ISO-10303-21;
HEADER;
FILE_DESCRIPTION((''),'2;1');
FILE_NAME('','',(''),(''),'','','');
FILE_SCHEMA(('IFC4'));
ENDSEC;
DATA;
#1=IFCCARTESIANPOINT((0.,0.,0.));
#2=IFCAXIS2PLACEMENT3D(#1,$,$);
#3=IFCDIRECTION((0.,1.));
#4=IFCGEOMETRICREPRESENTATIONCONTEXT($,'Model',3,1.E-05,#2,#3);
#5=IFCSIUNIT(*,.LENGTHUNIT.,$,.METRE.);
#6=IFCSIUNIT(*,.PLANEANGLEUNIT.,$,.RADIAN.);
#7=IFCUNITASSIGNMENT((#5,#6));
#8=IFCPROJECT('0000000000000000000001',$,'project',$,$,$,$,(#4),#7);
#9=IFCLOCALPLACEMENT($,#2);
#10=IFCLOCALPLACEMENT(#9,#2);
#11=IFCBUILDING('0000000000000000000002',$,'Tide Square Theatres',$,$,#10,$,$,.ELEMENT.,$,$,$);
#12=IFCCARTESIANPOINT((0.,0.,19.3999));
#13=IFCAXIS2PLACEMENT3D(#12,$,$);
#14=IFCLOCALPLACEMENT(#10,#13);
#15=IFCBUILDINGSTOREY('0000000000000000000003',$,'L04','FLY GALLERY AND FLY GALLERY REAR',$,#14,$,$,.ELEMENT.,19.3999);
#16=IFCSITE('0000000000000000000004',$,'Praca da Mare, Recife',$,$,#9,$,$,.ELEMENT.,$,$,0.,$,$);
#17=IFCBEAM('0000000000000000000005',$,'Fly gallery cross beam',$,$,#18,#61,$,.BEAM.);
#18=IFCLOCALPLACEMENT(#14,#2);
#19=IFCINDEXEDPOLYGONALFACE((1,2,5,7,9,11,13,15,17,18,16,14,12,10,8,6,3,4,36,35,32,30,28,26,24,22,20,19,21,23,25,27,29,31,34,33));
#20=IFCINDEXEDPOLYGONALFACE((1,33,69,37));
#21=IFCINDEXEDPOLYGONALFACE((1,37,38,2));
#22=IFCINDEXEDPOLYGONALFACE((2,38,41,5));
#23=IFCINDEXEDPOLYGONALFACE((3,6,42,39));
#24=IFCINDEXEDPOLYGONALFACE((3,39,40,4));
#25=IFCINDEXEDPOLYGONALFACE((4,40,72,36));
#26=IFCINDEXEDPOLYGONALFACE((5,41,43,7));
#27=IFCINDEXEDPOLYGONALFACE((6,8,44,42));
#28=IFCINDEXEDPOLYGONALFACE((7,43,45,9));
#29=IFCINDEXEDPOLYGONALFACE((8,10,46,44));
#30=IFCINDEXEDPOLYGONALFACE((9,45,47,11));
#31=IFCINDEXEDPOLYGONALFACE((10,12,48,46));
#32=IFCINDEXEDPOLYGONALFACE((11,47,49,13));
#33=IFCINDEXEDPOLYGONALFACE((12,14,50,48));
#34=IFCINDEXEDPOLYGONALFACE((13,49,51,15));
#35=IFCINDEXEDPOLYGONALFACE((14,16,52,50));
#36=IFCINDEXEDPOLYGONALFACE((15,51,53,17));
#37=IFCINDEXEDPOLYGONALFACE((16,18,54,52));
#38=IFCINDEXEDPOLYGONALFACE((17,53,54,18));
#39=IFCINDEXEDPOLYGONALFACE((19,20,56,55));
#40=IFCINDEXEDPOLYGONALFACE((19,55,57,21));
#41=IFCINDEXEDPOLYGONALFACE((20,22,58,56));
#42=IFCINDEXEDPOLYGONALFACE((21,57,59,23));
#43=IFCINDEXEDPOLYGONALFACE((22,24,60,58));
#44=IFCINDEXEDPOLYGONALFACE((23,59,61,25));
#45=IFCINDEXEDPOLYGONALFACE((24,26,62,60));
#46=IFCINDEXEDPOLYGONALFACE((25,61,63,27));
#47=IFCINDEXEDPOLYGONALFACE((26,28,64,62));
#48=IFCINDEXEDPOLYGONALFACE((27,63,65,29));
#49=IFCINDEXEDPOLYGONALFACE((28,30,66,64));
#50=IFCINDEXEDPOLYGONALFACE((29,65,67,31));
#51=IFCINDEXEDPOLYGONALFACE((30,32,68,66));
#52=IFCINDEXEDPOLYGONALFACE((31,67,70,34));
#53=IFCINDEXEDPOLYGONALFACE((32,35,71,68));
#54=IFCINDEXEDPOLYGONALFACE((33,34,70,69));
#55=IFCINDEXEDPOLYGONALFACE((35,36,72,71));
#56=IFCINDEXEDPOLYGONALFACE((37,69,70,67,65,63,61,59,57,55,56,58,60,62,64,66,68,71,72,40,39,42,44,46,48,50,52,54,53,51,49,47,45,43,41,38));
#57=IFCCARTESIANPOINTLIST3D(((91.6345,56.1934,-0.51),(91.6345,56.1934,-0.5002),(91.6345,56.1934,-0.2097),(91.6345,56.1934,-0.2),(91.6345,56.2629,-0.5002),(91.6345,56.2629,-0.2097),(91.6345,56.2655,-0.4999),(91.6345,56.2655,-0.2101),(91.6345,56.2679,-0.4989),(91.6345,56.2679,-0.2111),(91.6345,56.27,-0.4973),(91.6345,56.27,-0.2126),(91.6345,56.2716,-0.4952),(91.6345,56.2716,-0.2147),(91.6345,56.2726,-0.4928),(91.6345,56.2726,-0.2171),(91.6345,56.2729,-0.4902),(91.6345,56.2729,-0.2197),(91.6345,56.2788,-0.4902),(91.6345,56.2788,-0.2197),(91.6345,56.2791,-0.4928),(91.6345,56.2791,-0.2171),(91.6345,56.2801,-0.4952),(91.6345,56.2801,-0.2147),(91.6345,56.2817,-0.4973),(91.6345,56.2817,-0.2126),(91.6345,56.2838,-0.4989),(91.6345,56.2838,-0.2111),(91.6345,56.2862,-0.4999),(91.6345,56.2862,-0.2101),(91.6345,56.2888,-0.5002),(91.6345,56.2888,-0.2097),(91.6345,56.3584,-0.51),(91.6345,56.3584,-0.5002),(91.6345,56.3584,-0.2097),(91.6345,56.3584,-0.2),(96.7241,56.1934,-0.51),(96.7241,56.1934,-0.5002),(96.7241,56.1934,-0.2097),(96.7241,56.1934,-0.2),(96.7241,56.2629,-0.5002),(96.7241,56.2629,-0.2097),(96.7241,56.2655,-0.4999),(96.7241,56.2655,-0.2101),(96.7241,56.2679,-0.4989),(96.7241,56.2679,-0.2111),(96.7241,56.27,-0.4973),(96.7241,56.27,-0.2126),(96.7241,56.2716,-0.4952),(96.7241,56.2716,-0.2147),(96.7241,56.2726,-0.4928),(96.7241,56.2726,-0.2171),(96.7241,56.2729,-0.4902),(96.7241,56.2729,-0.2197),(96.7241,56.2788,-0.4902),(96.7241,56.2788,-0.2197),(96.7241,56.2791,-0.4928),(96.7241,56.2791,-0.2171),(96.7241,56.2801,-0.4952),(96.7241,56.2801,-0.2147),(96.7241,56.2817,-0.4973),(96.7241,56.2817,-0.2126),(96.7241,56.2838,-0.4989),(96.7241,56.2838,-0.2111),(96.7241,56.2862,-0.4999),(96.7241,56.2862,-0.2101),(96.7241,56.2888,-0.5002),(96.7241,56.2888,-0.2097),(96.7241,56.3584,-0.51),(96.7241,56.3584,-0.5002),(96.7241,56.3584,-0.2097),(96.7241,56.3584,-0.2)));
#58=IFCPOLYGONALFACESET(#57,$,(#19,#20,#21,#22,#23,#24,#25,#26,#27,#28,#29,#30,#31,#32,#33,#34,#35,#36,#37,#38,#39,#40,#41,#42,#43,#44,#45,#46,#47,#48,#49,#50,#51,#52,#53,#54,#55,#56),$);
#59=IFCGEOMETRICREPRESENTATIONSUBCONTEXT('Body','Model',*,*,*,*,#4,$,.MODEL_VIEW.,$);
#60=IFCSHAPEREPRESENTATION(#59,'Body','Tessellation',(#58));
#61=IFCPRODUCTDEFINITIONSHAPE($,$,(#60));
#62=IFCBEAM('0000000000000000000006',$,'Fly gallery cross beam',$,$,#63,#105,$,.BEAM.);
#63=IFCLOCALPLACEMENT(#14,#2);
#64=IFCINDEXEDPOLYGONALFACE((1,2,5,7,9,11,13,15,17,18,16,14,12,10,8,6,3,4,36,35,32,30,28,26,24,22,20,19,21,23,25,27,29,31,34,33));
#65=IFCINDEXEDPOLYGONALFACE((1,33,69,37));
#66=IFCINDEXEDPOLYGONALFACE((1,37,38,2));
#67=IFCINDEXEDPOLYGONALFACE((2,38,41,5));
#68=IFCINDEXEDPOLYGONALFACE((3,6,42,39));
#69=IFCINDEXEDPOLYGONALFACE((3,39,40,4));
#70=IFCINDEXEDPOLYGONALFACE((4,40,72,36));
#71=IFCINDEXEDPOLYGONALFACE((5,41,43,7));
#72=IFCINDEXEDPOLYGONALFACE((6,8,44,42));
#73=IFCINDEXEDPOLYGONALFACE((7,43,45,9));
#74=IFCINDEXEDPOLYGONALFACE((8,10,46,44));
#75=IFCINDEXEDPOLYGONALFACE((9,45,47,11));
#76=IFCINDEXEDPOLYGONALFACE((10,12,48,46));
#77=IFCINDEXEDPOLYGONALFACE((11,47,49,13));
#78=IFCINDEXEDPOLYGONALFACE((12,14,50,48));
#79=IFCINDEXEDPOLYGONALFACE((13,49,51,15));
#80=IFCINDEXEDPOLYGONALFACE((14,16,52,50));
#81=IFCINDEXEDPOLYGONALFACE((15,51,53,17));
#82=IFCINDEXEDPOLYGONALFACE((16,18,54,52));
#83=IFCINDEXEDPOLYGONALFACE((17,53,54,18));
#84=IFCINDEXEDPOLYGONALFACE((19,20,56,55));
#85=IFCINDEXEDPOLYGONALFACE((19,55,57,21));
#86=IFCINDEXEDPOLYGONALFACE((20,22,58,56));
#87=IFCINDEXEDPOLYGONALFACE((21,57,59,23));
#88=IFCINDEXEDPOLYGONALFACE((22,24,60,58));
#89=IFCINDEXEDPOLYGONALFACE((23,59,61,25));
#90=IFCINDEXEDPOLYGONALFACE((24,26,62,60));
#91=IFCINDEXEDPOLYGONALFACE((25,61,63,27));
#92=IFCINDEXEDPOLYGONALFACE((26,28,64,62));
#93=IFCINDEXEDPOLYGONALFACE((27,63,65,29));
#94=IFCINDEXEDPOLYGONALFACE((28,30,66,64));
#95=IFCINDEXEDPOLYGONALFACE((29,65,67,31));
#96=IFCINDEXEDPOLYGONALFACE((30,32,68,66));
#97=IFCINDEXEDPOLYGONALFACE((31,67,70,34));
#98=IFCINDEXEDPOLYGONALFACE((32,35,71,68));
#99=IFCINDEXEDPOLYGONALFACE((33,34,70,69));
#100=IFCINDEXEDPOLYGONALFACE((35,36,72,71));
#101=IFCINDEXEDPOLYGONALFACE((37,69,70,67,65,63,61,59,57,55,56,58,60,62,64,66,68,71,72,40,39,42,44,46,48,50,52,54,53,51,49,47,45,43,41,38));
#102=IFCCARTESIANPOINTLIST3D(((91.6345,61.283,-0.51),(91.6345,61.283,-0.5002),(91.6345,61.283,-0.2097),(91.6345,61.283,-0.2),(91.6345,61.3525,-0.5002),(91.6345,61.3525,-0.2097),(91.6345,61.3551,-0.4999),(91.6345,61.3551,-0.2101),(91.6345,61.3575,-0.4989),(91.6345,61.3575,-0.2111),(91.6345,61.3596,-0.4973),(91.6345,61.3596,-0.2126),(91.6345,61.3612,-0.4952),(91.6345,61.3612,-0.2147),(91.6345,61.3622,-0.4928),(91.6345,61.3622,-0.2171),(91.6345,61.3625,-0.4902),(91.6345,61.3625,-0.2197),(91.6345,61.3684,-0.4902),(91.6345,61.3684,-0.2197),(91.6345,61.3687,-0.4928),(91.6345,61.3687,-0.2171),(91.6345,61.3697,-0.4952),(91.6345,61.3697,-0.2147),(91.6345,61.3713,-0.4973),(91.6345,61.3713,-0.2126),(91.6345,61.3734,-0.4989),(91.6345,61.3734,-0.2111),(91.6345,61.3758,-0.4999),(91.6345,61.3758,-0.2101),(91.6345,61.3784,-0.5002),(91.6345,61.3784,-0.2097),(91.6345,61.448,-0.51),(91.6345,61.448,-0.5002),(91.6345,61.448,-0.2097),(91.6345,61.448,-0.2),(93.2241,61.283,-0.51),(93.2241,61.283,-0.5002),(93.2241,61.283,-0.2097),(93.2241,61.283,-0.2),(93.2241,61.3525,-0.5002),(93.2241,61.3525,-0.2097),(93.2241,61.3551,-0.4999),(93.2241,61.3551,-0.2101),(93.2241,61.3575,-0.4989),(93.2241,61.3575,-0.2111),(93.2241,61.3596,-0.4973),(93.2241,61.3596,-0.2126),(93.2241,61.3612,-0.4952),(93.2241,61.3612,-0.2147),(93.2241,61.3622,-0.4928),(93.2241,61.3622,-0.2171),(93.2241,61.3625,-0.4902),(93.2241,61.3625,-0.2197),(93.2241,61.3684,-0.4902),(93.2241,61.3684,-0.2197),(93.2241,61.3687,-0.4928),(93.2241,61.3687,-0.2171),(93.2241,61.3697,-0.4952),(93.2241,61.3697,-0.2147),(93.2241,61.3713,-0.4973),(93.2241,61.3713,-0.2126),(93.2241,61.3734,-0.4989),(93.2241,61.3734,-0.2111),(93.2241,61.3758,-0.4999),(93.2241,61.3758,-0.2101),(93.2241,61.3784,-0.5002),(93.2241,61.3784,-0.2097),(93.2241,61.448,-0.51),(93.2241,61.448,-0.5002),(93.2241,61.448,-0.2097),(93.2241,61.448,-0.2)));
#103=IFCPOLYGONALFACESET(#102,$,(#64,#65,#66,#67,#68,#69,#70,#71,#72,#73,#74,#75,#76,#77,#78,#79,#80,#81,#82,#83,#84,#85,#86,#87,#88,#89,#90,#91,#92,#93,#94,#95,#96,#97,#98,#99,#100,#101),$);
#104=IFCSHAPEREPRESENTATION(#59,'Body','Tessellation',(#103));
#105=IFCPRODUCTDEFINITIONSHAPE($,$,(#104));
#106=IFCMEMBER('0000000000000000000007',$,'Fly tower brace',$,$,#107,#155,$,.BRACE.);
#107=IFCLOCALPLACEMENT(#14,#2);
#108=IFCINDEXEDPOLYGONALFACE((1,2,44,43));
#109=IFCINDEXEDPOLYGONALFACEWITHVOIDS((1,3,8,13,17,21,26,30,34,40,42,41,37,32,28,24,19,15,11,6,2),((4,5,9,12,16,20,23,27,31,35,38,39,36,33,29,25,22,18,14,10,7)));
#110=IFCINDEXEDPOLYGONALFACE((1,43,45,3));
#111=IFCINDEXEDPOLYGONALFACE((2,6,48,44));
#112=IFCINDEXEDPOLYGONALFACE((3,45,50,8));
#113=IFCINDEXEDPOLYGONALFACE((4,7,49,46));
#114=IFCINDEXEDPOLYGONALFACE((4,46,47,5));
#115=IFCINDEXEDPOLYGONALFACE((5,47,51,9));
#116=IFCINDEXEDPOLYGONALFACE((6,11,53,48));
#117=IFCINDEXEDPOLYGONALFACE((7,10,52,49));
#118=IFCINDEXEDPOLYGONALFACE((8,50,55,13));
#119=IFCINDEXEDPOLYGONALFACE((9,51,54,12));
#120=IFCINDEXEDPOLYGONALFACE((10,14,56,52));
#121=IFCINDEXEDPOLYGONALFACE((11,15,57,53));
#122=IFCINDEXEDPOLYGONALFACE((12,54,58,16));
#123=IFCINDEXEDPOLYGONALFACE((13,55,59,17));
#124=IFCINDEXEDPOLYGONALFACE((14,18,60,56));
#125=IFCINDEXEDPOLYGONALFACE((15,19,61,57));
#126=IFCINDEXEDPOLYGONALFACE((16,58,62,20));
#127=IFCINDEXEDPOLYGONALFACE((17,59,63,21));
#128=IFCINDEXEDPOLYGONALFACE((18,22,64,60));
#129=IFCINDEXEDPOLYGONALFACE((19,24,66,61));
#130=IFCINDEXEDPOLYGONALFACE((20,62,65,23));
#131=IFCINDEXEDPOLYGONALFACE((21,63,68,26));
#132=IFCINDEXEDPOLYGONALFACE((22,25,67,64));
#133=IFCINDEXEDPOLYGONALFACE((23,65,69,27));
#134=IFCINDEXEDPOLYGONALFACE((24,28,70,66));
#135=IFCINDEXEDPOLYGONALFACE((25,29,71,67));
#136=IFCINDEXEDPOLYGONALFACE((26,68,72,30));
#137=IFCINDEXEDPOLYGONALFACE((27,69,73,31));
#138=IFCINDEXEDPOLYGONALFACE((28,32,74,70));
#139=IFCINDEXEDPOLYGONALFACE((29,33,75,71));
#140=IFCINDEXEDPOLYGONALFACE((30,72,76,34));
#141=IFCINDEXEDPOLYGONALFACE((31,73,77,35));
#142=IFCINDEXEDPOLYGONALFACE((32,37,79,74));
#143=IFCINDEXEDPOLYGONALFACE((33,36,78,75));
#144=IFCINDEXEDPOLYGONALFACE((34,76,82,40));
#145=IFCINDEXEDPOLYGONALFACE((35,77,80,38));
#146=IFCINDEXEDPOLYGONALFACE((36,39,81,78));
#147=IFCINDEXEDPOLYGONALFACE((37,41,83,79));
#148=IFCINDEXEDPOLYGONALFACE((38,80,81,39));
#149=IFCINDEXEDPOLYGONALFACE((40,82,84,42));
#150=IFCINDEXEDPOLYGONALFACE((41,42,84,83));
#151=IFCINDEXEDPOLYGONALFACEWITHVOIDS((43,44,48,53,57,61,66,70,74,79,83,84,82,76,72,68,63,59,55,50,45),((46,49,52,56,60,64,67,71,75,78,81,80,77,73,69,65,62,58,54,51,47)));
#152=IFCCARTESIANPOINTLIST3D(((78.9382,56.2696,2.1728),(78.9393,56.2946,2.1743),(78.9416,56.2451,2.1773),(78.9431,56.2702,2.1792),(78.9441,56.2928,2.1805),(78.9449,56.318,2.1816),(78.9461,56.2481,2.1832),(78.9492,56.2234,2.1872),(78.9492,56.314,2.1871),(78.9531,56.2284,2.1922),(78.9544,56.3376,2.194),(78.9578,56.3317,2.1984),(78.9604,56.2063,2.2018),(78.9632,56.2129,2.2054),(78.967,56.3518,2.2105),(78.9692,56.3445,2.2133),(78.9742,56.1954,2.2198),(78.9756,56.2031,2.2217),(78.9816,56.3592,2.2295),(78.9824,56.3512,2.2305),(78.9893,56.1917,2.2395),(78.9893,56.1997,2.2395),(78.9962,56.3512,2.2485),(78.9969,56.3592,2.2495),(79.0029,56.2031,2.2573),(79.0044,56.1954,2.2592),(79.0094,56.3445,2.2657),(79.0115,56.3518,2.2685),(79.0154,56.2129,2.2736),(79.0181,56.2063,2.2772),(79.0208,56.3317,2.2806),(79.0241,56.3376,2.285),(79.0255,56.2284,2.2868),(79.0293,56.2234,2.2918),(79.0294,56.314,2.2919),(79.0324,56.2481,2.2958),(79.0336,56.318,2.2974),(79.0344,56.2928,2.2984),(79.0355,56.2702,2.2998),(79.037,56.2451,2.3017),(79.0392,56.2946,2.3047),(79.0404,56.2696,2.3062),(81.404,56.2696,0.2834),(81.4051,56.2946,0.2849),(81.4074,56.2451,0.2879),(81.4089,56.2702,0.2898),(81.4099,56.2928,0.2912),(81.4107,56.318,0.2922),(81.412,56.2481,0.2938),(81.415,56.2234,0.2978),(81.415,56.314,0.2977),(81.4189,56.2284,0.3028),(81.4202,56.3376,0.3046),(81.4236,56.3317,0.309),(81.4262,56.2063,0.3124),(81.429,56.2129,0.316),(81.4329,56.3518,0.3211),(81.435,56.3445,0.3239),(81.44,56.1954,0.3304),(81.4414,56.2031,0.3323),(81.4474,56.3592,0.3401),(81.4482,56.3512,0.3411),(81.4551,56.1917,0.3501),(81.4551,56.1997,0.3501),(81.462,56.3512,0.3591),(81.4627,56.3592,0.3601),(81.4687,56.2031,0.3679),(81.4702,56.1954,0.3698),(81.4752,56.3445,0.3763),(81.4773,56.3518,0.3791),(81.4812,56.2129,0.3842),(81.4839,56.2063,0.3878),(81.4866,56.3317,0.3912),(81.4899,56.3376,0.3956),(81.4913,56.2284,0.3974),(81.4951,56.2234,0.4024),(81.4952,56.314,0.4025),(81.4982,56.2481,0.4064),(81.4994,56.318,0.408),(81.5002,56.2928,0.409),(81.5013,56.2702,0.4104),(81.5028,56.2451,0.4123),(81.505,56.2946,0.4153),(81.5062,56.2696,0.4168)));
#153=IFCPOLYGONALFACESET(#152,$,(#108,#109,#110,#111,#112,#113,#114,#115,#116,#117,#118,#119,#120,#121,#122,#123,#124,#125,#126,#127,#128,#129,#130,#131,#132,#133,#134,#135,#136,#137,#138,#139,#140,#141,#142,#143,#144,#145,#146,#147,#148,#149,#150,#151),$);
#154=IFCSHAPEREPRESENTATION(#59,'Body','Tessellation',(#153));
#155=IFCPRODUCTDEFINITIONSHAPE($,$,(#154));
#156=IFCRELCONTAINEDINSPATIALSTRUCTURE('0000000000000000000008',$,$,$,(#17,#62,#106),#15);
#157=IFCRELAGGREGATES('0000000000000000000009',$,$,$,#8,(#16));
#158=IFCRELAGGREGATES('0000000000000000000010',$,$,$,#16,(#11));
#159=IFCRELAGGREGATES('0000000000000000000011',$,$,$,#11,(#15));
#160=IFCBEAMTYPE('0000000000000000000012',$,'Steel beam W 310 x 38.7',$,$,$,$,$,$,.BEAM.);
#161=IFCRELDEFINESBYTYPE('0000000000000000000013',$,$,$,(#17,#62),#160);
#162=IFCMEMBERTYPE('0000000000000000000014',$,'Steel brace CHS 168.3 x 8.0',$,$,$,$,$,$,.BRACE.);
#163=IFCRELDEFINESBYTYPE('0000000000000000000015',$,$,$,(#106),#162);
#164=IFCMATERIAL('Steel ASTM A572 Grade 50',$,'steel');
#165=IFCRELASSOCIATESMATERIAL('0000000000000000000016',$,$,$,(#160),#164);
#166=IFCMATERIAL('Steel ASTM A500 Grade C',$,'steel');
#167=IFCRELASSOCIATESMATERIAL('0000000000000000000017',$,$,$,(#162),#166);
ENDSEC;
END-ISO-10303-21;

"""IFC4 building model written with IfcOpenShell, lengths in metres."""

from ifc_helpers import new_model, si_unit, direction, frame, origin, origin_2d, place, context, subcontext, project, spatial, hollow_circle, i_section, extrude, material, material_profile, profile_set, type_object, element, save


model = new_model("IFC4")

# Units and contexts
model_context = context("Model", 3, precision=1e-05, world=origin(), true_north=direction((0.0, 1.0)))
body_context = subcontext(model_context, "Body", "Model", "MODEL_VIEW")
ifc_project = project(units=[si_unit("LENGTHUNIT", "METRE"), si_unit("PLANEANGLEUNIT", "RADIAN")], contexts=[model_context])

# Site, building, storey
site_placement = place(None, origin())
site = spatial("IfcSite", under=ifc_project, at=site_placement, Name="Praca da Mare, Recife", CompositionType="ELEMENT", RefElevation=0.0)
building_placement = place(site_placement, origin())
building = spatial("IfcBuilding", under=site, at=building_placement, Name="Tide Square Theatres", CompositionType="ELEMENT")
storey_placement = place(building_placement, frame((0.0, 0.0, 19.3999)))
storey = spatial("IfcBuildingStorey", under=building, at=storey_placement, Name="L04", Description="FLY GALLERY AND FLY GALLERY REAR", CompositionType="ELEMENT", Elevation=19.3999)

# Beams
ifc_material_1 = material(Name="Steel ASTM A572 Grade 50", Category="steel")
ifc_material_profile_1 = material_profile(ifc_material_1, i_section(OverallWidth=0.165, OverallDepth=0.3101, WebThickness=0.0059, FlangeThickness=0.0098, FilletRadius=0.01, at=origin_2d()))
ifc_profile_set_1 = profile_set([ifc_material_profile_1], Name="Steel ASTM A572 Grade 50")
beam_type = type_object("IfcBeamType", Name="Steel beam W 310 x 38.7", PredefinedType="BEAM", material=ifc_profile_set_1)
for number, where, z_axis, x_axis, name in (
    (1, (91.6345, 56.2759, -0.355), (1.0, 0.0, 0.0), (0.0, 1.0, 0.0), "Fly gallery cross beam"),
):
    element("IfcBeam", number, at=place(storey_placement, frame(where, z_axis=z_axis, x_axis=x_axis)), inside=storey, type_object=beam_type, Name=name, PredefinedType="BEAM", context=body_context, shape_type="SweptSolid", body=[
        extrude(i_section(OverallWidth=0.165, OverallDepth=0.3101, WebThickness=0.0059, FlangeThickness=0.0098, FilletRadius=0.01, at=origin_2d()), origin(), (0.0, 0.0, 1.0), 5.0896),
    ])
beam_placement = place(storey_placement, frame((91.6345, 61.3655, -0.355), z_axis=(1.0, 0.0, 0.0), x_axis=(0.0, 1.0, 0.0)))
element("IfcBeam", 2, at=beam_placement, inside=storey, type_object=beam_type, Name="Fly gallery cross beam", PredefinedType="BEAM", context=body_context, shape_type="SweptSolid", body=[
    extrude(i_section(OverallWidth=0.165, OverallDepth=0.3101, WebThickness=0.0059, FlangeThickness=0.0098, FilletRadius=0.01, at=origin_2d()), origin(), (0.0, 0.0, 1.0), 1.5896),
])

# Member
ifc_material_2 = material(Name="Steel ASTM A500 Grade C", Category="steel")
ifc_material_profile_2 = material_profile(ifc_material_2, hollow_circle(Radius=0.0842, WallThickness=0.0081, at=origin_2d()))
ifc_profile_set_2 = profile_set([ifc_material_profile_2], Name="Steel ASTM A500 Grade C")
member_type = type_object("IfcMemberType", Name="Steel brace CHS 168.3 x 8.0", PredefinedType="BRACE", material=ifc_profile_set_2)
member_1_placement = place(storey_placement, frame((81.4551, 56.2759, 0.3501), z_axis=(-0.793771, 0.0, 0.608217), x_axis=(0.0, -1.0, 0.0)))
element("IfcMember", 3, at=member_1_placement, inside=storey, type_object=member_type, Name="Fly tower brace", PredefinedType="BRACE", context=body_context, shape_type="SweptSolid", body=[
    extrude(hollow_circle(Radius=0.0842, WallThickness=0.0081, at=origin_2d()), origin(), (0.0, 0.0, 1.0), 3.1064),
])

save(model, "model.ifc")
